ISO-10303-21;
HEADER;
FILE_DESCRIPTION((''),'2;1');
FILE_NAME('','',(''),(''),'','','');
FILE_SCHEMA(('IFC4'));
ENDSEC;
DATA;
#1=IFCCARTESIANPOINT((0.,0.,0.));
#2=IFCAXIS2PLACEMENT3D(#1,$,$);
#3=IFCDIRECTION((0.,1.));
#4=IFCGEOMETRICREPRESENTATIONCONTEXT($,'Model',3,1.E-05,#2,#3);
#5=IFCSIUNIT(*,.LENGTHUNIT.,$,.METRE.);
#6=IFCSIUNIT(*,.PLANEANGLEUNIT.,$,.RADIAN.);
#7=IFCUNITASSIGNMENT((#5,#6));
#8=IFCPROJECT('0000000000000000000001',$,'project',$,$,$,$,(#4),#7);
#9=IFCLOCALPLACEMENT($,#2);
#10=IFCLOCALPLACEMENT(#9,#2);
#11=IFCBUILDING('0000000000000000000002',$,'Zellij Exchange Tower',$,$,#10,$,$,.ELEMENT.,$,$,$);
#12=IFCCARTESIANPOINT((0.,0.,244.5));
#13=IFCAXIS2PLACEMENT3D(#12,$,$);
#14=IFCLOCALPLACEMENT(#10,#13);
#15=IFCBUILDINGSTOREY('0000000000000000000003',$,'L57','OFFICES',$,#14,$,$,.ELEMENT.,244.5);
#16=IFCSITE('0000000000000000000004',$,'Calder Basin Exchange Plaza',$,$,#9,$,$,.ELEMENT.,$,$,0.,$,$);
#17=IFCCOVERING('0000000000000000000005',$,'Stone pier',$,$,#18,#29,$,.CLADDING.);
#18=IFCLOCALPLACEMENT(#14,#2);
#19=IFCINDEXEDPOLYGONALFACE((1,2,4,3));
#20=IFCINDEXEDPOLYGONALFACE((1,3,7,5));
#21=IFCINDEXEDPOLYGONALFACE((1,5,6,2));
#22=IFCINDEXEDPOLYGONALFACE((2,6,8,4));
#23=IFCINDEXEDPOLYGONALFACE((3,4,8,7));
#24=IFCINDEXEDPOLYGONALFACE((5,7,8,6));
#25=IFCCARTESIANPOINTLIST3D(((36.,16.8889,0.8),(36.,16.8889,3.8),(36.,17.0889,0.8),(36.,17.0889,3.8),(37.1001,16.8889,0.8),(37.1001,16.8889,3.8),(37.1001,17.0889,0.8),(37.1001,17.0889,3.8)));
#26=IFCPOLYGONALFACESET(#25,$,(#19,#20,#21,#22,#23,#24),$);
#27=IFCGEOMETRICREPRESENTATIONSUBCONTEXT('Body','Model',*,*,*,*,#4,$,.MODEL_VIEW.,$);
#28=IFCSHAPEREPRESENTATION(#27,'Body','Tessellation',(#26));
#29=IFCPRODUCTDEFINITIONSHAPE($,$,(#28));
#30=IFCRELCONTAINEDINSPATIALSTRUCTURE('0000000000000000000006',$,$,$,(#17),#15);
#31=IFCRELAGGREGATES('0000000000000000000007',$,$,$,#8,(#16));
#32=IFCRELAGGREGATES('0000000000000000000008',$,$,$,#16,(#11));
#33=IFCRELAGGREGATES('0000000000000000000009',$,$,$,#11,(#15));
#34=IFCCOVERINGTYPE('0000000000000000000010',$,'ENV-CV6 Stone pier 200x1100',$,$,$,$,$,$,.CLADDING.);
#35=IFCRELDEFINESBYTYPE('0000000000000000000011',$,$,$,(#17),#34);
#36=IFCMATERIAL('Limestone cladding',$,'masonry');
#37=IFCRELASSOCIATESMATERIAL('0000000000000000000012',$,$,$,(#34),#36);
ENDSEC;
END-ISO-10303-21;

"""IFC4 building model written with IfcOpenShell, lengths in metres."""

from ifc_helpers import new_model, si_unit, direction, frame, origin, place, context, subcontext, project, spatial, polyline, outline, extrude, material, type_object, element, save


model = new_model("IFC4")

# Units and contexts
model_context = context("Model", 3, precision=1e-05, world=origin(), true_north=direction((0.0, 1.0)))
body_context = subcontext(model_context, "Body", "Model", "MODEL_VIEW")
ifc_project = project(units=[si_unit("LENGTHUNIT", "METRE"), si_unit("PLANEANGLEUNIT", "RADIAN")], contexts=[model_context])

# Site, building, storey
site_placement = place(None, origin())
site = spatial("IfcSite", under=ifc_project, at=site_placement, Name="Calder Basin Exchange Plaza", CompositionType="ELEMENT", RefElevation=0.0)
building_placement = place(site_placement, origin())
building = spatial("IfcBuilding", under=site, at=building_placement, Name="Zellij Exchange Tower", CompositionType="ELEMENT")
storey_placement = place(building_placement, frame((0.0, 0.0, 244.5)))
storey = spatial("IfcBuildingStorey", under=building, at=storey_placement, Name="L57", Description="OFFICES", CompositionType="ELEMENT", Elevation=244.5)

# Covering
ifc_material_1 = material(Name="Limestone cladding", Category="masonry")
covering_type = type_object("IfcCoveringType", Name="ENV-CV6 Stone pier 200x1100", PredefinedType="CLADDING", material=ifc_material_1)
covering_1_placement = place(storey_placement, frame((0.0, 0.0, 0.8)))
element("IfcCovering", 1, at=covering_1_placement, inside=storey, type_object=covering_type, Name="Stone pier", PredefinedType="CLADDING", context=body_context, shape_type="SweptSolid", body=[
    extrude(outline(polyline([(36.0, 16.8889), (36.0, 17.0889), (37.1001, 17.0889), (37.1001, 16.8889), (36.0, 16.8889)])), origin(), (0.0, 0.0, 1.0), 3.0),
])

save(model, "model.ifc")
